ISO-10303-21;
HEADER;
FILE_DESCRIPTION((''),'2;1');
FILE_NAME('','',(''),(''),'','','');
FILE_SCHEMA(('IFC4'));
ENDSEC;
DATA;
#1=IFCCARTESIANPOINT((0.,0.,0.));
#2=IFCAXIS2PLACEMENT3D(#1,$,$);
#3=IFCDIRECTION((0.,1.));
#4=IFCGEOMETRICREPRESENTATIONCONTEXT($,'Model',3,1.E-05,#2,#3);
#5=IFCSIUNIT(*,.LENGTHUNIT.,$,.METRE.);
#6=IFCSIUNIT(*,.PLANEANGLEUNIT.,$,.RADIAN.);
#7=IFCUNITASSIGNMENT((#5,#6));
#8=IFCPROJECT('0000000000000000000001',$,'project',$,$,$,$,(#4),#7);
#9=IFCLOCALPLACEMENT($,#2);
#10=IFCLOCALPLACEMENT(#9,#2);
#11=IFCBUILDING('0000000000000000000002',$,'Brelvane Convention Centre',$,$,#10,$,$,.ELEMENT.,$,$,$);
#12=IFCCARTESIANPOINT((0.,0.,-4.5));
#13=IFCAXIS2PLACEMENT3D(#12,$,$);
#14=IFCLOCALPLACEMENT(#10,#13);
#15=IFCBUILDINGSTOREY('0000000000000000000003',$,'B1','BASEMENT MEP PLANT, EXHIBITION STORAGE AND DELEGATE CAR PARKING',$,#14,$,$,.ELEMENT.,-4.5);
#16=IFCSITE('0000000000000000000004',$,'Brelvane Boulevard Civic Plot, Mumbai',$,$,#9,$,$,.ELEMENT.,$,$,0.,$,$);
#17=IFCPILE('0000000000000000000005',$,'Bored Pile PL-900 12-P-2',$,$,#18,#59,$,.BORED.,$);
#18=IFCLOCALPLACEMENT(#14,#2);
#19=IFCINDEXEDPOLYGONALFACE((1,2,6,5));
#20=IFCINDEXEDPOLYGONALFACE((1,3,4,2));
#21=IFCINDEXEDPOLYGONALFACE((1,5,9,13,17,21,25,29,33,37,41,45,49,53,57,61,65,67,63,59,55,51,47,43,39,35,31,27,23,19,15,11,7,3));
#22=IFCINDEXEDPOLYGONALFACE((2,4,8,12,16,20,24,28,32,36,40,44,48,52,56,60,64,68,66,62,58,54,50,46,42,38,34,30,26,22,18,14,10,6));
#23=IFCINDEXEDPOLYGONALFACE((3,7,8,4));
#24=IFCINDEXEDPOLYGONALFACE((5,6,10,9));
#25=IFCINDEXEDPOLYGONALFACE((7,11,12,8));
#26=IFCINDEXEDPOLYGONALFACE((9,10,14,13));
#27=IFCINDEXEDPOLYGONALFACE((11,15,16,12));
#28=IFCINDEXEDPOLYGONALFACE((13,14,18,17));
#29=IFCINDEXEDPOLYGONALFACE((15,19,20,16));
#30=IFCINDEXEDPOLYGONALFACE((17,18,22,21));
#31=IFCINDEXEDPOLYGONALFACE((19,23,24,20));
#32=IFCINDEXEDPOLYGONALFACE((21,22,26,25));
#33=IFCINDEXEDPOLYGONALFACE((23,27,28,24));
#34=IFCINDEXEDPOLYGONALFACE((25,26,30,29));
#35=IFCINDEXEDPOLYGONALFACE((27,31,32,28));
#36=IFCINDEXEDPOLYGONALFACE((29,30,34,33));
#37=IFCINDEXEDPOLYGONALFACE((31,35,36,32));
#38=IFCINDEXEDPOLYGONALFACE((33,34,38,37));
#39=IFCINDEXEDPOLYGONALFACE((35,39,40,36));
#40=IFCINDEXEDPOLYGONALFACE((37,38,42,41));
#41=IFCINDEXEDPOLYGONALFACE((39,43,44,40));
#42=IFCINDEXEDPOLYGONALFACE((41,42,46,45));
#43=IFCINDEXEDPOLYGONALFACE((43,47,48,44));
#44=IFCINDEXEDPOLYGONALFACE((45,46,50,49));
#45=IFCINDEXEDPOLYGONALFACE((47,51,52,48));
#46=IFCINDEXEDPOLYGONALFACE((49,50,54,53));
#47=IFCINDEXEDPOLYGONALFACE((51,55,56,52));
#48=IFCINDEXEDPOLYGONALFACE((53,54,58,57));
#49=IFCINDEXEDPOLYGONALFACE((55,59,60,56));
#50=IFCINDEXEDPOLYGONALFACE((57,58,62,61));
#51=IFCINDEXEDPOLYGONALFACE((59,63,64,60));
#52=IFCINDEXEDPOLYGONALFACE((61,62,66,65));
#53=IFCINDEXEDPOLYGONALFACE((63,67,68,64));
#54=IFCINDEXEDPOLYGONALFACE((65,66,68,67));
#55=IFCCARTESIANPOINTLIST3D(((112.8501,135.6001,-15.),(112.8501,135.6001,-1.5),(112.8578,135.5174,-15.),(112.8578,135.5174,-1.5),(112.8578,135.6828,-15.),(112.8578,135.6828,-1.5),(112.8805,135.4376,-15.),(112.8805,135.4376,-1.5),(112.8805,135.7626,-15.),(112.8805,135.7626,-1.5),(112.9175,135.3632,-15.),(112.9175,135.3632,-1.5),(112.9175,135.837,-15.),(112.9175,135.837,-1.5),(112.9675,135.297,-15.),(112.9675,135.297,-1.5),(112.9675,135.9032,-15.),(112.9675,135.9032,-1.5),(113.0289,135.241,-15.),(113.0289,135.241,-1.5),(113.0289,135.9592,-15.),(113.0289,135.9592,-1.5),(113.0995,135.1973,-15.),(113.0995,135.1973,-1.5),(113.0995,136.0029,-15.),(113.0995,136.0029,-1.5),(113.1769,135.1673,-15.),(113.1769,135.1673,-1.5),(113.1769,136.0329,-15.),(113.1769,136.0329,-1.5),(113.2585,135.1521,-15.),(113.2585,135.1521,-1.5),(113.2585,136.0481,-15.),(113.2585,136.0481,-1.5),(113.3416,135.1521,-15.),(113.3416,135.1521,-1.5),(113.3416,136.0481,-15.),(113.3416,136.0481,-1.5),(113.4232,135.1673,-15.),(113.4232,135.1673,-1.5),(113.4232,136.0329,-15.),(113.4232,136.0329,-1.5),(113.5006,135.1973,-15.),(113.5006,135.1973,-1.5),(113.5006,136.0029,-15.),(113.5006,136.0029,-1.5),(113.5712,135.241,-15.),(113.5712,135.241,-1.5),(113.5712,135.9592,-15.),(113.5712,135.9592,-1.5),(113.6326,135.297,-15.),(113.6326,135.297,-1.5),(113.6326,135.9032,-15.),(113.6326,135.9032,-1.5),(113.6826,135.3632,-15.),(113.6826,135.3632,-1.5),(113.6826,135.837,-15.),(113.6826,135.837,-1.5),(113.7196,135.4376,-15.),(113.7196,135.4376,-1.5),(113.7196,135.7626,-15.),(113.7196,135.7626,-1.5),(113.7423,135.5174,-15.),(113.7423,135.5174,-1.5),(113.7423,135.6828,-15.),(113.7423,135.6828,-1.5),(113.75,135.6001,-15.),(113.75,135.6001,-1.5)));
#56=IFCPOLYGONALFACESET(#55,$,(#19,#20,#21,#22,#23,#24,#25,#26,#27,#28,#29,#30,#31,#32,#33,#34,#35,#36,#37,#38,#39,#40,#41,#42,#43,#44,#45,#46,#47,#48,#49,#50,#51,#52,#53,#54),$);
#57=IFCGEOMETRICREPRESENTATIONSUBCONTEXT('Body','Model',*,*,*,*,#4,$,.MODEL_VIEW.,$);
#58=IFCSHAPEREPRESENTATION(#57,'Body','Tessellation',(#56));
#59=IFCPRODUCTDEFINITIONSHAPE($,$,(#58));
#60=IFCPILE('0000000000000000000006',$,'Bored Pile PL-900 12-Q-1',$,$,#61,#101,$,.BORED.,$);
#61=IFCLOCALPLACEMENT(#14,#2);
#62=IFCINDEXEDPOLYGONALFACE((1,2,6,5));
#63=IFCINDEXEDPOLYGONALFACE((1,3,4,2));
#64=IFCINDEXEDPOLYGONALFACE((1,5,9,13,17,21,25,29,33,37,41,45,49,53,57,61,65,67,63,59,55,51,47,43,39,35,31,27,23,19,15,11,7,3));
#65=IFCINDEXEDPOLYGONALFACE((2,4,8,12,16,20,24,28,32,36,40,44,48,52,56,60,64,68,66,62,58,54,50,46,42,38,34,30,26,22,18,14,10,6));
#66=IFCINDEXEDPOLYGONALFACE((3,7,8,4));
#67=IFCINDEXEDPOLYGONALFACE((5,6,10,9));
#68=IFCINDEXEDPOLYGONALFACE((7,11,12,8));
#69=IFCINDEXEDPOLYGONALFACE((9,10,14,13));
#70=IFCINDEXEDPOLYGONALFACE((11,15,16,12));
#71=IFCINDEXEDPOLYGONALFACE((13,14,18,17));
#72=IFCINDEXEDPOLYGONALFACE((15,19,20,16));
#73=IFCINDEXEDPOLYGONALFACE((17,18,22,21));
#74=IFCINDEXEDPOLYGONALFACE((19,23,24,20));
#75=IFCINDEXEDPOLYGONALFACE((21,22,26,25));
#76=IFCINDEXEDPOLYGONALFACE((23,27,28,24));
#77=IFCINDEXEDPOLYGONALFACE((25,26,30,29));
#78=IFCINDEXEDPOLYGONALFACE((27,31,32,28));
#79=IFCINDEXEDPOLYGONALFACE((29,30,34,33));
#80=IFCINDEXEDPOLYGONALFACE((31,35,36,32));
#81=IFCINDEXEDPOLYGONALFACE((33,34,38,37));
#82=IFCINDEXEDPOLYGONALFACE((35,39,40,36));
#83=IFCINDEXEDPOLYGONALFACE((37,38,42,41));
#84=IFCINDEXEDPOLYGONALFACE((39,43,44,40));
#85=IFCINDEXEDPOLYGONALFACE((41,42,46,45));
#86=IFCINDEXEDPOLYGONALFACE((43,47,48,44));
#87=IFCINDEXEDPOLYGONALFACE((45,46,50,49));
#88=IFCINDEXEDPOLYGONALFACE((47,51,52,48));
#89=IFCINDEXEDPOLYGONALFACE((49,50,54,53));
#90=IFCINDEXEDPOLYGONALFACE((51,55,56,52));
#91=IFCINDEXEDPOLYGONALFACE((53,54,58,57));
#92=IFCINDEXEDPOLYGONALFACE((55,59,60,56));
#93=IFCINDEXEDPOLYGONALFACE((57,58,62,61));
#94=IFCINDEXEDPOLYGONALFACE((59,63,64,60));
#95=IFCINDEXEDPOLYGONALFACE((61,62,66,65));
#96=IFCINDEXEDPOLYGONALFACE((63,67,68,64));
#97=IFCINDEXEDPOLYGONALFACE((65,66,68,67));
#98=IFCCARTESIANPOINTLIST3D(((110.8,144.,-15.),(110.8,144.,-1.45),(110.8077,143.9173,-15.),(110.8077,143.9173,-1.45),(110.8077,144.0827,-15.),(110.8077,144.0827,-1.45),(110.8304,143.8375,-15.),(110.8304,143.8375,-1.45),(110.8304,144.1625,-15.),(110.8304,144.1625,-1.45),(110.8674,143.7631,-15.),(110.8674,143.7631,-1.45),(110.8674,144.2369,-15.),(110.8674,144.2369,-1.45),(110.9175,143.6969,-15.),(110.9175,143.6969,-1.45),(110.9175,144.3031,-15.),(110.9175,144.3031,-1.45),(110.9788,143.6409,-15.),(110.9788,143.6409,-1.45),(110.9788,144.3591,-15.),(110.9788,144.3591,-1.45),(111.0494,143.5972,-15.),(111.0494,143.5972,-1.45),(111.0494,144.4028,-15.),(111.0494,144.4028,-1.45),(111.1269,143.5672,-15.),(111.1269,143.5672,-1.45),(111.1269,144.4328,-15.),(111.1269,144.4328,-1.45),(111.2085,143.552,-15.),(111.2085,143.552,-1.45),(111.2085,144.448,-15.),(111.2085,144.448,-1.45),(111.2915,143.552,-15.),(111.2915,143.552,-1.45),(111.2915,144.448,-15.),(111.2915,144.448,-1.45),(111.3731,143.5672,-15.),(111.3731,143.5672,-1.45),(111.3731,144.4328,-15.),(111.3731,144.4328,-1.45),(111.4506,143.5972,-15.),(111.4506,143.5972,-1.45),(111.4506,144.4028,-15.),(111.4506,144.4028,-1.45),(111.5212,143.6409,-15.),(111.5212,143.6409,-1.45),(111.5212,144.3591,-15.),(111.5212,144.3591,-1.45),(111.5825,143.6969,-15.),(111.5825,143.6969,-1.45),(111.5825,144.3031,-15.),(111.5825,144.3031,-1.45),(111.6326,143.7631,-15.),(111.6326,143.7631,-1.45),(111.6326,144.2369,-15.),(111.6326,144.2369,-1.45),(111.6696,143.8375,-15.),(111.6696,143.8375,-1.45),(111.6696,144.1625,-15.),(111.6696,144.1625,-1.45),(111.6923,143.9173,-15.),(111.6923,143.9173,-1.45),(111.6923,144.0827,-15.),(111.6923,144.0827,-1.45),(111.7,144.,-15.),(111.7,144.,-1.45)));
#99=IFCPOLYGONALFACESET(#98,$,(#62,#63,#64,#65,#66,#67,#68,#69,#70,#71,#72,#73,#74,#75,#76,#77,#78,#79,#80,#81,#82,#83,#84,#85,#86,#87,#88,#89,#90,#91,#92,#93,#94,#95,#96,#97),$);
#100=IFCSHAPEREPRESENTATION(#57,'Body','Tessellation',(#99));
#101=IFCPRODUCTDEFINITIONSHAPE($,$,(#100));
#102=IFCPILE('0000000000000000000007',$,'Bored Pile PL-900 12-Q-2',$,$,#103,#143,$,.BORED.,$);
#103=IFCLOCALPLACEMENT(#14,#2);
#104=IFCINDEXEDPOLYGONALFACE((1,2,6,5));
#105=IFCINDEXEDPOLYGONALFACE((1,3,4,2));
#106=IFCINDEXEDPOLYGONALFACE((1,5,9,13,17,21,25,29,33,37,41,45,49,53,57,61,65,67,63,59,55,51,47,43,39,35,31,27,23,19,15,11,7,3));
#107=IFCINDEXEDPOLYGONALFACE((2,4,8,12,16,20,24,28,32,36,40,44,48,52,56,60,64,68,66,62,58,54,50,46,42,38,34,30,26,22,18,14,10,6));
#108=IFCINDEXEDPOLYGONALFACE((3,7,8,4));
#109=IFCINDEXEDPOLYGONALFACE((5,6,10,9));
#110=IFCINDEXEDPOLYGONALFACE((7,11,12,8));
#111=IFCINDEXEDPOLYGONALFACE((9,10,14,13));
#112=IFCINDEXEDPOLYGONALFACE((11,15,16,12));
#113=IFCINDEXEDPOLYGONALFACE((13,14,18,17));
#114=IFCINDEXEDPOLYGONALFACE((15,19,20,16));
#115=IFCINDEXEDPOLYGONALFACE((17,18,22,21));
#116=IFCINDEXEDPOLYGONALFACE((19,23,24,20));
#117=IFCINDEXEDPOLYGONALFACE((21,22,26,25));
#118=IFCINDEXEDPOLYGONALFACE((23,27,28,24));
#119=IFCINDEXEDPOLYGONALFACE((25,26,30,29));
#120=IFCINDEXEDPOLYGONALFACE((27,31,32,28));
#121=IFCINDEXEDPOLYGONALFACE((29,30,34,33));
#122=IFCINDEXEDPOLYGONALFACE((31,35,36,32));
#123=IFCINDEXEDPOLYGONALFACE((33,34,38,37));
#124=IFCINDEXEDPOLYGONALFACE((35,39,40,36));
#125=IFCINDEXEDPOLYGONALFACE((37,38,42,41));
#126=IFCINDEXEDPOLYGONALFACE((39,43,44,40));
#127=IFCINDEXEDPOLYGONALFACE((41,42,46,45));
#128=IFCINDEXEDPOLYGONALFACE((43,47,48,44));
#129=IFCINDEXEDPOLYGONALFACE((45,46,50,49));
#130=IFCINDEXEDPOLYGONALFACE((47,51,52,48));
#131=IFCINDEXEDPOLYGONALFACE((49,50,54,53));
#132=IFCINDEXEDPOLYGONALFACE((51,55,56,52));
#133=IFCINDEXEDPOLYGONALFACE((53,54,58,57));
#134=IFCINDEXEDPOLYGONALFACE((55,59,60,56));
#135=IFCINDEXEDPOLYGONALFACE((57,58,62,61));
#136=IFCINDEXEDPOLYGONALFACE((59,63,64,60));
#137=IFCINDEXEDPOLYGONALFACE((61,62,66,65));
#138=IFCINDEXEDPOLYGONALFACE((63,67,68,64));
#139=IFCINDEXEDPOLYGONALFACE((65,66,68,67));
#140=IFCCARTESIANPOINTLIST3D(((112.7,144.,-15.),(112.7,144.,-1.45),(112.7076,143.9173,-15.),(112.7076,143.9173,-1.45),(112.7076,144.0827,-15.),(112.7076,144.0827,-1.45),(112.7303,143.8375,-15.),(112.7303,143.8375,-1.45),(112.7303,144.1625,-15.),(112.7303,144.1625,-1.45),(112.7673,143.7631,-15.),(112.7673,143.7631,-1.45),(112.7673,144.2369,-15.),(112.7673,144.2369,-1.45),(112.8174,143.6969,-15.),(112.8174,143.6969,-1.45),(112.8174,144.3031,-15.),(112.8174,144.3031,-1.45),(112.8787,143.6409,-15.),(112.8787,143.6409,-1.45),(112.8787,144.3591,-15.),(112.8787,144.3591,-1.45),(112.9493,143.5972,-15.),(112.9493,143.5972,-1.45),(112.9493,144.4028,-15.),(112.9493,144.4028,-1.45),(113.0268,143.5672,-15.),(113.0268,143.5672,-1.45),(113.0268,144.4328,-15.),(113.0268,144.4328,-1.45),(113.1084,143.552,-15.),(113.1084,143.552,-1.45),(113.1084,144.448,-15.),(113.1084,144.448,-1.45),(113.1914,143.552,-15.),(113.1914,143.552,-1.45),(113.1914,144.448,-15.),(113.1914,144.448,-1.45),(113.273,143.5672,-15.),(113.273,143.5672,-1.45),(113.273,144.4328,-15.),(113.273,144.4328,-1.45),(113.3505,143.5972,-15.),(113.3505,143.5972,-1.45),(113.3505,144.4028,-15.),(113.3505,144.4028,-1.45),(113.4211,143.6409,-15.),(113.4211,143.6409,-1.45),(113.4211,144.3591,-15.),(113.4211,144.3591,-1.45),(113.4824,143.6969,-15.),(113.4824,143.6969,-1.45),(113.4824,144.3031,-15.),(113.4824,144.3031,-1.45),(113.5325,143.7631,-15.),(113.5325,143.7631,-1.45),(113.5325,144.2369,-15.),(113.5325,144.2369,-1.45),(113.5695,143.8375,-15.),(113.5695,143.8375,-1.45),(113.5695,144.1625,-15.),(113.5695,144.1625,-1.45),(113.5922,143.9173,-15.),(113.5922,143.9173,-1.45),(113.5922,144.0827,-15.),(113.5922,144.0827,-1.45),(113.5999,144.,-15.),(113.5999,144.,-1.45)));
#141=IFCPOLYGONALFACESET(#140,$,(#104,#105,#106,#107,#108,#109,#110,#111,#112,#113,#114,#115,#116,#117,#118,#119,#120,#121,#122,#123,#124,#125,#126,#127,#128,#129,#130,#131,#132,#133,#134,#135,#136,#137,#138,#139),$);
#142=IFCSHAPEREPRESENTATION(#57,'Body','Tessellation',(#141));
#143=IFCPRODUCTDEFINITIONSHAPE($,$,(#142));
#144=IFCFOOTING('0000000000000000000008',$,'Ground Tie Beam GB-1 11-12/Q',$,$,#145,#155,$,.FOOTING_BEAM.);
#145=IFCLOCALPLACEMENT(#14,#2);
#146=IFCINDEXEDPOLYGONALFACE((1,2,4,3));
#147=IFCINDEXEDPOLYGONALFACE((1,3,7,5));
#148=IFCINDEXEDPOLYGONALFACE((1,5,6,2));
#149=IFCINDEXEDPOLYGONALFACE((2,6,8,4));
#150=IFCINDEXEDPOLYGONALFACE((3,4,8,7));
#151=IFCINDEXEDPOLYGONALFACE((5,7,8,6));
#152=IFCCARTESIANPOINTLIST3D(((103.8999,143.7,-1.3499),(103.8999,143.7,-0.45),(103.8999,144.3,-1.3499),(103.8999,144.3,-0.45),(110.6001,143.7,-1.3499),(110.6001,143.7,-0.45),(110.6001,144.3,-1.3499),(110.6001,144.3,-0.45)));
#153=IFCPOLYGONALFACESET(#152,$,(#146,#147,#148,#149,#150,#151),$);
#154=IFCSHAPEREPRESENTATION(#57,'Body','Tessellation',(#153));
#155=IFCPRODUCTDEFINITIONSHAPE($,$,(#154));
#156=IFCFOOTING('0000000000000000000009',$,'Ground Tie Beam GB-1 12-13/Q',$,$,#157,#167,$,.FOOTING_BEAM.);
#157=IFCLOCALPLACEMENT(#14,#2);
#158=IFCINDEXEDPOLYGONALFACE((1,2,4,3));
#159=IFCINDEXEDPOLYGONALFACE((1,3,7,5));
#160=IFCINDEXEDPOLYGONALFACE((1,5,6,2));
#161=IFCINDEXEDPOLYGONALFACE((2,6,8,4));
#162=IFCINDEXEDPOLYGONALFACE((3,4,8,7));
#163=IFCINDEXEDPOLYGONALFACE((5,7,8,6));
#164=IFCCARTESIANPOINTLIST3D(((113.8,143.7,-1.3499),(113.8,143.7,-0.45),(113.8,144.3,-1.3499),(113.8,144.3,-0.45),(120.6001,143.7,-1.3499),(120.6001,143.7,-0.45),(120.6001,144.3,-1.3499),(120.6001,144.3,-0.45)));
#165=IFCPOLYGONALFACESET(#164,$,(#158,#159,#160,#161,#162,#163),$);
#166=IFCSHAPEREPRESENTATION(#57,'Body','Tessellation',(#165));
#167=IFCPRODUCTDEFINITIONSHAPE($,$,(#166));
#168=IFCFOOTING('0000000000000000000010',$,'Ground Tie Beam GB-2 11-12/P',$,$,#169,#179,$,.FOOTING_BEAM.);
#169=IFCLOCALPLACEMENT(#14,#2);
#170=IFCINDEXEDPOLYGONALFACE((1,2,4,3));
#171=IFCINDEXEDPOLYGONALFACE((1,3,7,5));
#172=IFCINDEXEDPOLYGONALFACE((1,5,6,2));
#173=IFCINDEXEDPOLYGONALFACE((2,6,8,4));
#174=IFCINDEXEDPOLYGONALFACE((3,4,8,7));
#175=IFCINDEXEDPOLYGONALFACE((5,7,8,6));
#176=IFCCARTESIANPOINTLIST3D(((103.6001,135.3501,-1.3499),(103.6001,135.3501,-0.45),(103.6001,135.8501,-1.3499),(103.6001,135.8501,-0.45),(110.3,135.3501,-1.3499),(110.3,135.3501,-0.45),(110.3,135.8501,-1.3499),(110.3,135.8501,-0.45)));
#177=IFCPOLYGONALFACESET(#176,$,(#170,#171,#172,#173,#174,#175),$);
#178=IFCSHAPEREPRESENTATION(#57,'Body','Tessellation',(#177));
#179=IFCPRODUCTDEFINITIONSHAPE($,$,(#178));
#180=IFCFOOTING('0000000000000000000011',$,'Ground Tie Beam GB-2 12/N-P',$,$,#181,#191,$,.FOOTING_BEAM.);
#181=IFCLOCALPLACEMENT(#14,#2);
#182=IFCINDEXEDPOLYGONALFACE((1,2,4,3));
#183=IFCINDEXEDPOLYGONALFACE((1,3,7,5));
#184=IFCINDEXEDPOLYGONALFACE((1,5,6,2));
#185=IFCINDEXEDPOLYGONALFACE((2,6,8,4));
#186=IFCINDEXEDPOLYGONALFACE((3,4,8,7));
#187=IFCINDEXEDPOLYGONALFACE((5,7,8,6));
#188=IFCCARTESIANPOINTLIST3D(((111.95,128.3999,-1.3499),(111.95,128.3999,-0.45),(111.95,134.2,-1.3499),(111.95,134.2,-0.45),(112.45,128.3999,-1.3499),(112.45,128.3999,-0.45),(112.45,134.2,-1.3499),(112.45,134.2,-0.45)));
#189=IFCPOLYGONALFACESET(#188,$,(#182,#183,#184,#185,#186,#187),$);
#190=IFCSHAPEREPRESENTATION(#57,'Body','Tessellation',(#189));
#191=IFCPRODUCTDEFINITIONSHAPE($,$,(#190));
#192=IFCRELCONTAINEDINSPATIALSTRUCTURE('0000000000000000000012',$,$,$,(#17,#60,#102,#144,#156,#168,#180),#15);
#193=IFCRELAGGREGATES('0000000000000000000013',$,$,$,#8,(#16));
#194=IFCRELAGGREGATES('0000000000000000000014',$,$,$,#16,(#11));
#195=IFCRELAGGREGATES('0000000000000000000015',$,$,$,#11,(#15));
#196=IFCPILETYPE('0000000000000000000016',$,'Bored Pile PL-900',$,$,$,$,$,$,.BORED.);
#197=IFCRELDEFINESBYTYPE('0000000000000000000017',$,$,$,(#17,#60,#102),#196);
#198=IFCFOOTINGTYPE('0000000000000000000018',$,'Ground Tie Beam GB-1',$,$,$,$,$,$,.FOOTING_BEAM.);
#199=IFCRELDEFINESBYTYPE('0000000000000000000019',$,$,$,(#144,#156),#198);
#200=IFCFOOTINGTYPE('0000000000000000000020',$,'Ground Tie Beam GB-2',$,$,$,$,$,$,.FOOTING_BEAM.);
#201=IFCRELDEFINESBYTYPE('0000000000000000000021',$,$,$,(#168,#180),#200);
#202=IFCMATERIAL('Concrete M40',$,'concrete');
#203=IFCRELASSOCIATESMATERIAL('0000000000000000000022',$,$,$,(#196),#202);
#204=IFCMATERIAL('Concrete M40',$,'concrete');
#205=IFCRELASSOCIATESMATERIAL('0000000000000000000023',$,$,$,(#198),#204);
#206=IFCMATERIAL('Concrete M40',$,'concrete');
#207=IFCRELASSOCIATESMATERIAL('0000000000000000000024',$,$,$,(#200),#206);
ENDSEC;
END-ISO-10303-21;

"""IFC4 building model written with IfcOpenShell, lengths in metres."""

from ifc_helpers import new_model, si_unit, direction, frame, origin, origin_2d, place, context, subcontext, project, spatial, rectangle, circle, extrude, material, material_profile, profile_set, type_object, element, save


model = new_model("IFC4")

# Units and contexts
model_context = context("Model", 3, precision=1e-05, world=origin(), true_north=direction((0.0, 1.0)))
body_context = subcontext(model_context, "Body", "Model", "MODEL_VIEW")
ifc_project = project(units=[si_unit("LENGTHUNIT", "METRE"), si_unit("PLANEANGLEUNIT", "RADIAN")], contexts=[model_context])

# Site, building, storey
site_placement = place(None, origin())
site = spatial("IfcSite", under=ifc_project, at=site_placement, Name="Brelvane Boulevard Civic Plot, Mumbai", CompositionType="ELEMENT", RefElevation=0.0)
building_placement = place(site_placement, origin())
building = spatial("IfcBuilding", under=site, at=building_placement, Name="Brelvane Convention Centre", CompositionType="ELEMENT")
storey_placement = place(building_placement, frame((0.0, 0.0, -4.5)))
storey = spatial("IfcBuildingStorey", under=building, at=storey_placement, Name="B1", Description="BASEMENT MEP PLANT, EXHIBITION STORAGE AND DELEGATE CAR PARKING", CompositionType="ELEMENT", Elevation=-4.5)

# Piles
ifc_material_1 = material(Name="Concrete M40", Category="concrete")
ifc_material_profile_1 = material_profile(ifc_material_1, circle(Radius=0.45, at=origin_2d()), Name="PILE D900")
ifc_profile_set_1 = profile_set([ifc_material_profile_1], Name="Concrete M40")
pile_type = type_object("IfcPileType", Name="Bored Pile PL-900", PredefinedType="BORED", material=ifc_profile_set_1)
for number, where, z_axis, x_axis, name in (
    (1, (113.3, 135.6001, -1.5), (0.0, 0.0, -1.0), (1.0, 0.0, 0.0), "Bored Pile PL-900 12-P-2"),
):
    element("IfcPile", number, at=place(storey_placement, frame(where, z_axis=z_axis, x_axis=x_axis)), inside=storey, type_object=pile_type, Name=name, PredefinedType="BORED", context=body_context, shape_type="SweptSolid", body=[
        extrude(circle(Radius=0.45, at=origin_2d()), origin(), (0.0, 0.0, 1.0), 13.5),
    ])
for number, where, z_axis, x_axis, name in (
    (2, (111.25, 144.0, -1.45), (0.0, 0.0, -1.0), (1.0, 0.0, 0.0), "Bored Pile PL-900 12-Q-1"),
    (3, (113.1499, 144.0, -1.45), (0.0, 0.0, -1.0), (1.0, 0.0, 0.0), "Bored Pile PL-900 12-Q-2"),
):
    element("IfcPile", number, at=place(storey_placement, frame(where, z_axis=z_axis, x_axis=x_axis)), inside=storey, type_object=pile_type, Name=name, PredefinedType="BORED", context=body_context, shape_type="SweptSolid", body=[
        extrude(circle(Radius=0.45, at=origin_2d()), origin(), (0.0, 0.0, 1.0), 13.55),
    ])

# Footings
ifc_material_2 = material(Name="Concrete M40", Category="concrete")
ifc_material_profile_2 = material_profile(ifc_material_2, rectangle(XDim=0.6001, YDim=0.8999, at=origin_2d()), Name="RC 600x900")
ifc_profile_set_2 = profile_set([ifc_material_profile_2], Name="Concrete M40")
footing_type_1 = type_object("IfcFootingType", Name="Ground Tie Beam GB-1", PredefinedType="FOOTING_BEAM", material=ifc_profile_set_2)
footing_1_placement = place(storey_placement, frame((103.8999, 144.0, -0.8999), z_axis=(1.0, 0.0, 0.0), x_axis=(0.0, 1.0, 0.0)))
element("IfcFooting", 4, at=footing_1_placement, inside=storey, type_object=footing_type_1, Name="Ground Tie Beam GB-1 11-12/Q", PredefinedType="FOOTING_BEAM", context=body_context, shape_type="SweptSolid", body=[
    extrude(rectangle(XDim=0.6001, YDim=0.8999, at=origin_2d()), origin(), (0.0, 0.0, 1.0), 6.7002),
])
footing_2_placement = place(storey_placement, frame((113.8, 144.0, -0.8999), z_axis=(1.0, 0.0, 0.0), x_axis=(0.0, 1.0, 0.0)))
element("IfcFooting", 5, at=footing_2_placement, inside=storey, type_object=footing_type_1, Name="Ground Tie Beam GB-1 12-13/Q", PredefinedType="FOOTING_BEAM", context=body_context, shape_type="SweptSolid", body=[
    extrude(rectangle(XDim=0.6001, YDim=0.8999, at=origin_2d()), origin(), (0.0, 0.0, 1.0), 6.8),
])
ifc_material_3 = material(Name="Concrete M40", Category="concrete")
ifc_material_profile_3 = material_profile(ifc_material_3, rectangle(XDim=0.5, YDim=0.8999, at=origin_2d()), Name="RC 500x900")
ifc_profile_set_3 = profile_set([ifc_material_profile_3], Name="Concrete M40")
footing_type_2 = type_object("IfcFootingType", Name="Ground Tie Beam GB-2", PredefinedType="FOOTING_BEAM", material=ifc_profile_set_3)
footing_3_placement = place(storey_placement, frame((103.6001, 135.6001, -0.8999), z_axis=(1.0, 0.0, 0.0), x_axis=(0.0, 1.0, 0.0)))
element("IfcFooting", 6, at=footing_3_placement, inside=storey, type_object=footing_type_2, Name="Ground Tie Beam GB-2 11-12/P", PredefinedType="FOOTING_BEAM", context=body_context, shape_type="SweptSolid", body=[
    extrude(rectangle(XDim=0.5, YDim=0.8999, at=origin_2d()), origin(), (0.0, 0.0, 1.0), 6.7),
])
footing_4_placement = place(storey_placement, frame((112.2, 128.3999, -0.8999), z_axis=(0.0, 1.0, 0.0), x_axis=(-1.0, 0.0, 0.0)))
element("IfcFooting", 7, at=footing_4_placement, inside=storey, type_object=footing_type_2, Name="Ground Tie Beam GB-2 12/N-P", PredefinedType="FOOTING_BEAM", context=body_context, shape_type="SweptSolid", body=[
    extrude(rectangle(XDim=0.5, YDim=0.8999, at=origin_2d()), origin(), (0.0, 0.0, 1.0), 5.8),
])

save(model, "model.ifc")
